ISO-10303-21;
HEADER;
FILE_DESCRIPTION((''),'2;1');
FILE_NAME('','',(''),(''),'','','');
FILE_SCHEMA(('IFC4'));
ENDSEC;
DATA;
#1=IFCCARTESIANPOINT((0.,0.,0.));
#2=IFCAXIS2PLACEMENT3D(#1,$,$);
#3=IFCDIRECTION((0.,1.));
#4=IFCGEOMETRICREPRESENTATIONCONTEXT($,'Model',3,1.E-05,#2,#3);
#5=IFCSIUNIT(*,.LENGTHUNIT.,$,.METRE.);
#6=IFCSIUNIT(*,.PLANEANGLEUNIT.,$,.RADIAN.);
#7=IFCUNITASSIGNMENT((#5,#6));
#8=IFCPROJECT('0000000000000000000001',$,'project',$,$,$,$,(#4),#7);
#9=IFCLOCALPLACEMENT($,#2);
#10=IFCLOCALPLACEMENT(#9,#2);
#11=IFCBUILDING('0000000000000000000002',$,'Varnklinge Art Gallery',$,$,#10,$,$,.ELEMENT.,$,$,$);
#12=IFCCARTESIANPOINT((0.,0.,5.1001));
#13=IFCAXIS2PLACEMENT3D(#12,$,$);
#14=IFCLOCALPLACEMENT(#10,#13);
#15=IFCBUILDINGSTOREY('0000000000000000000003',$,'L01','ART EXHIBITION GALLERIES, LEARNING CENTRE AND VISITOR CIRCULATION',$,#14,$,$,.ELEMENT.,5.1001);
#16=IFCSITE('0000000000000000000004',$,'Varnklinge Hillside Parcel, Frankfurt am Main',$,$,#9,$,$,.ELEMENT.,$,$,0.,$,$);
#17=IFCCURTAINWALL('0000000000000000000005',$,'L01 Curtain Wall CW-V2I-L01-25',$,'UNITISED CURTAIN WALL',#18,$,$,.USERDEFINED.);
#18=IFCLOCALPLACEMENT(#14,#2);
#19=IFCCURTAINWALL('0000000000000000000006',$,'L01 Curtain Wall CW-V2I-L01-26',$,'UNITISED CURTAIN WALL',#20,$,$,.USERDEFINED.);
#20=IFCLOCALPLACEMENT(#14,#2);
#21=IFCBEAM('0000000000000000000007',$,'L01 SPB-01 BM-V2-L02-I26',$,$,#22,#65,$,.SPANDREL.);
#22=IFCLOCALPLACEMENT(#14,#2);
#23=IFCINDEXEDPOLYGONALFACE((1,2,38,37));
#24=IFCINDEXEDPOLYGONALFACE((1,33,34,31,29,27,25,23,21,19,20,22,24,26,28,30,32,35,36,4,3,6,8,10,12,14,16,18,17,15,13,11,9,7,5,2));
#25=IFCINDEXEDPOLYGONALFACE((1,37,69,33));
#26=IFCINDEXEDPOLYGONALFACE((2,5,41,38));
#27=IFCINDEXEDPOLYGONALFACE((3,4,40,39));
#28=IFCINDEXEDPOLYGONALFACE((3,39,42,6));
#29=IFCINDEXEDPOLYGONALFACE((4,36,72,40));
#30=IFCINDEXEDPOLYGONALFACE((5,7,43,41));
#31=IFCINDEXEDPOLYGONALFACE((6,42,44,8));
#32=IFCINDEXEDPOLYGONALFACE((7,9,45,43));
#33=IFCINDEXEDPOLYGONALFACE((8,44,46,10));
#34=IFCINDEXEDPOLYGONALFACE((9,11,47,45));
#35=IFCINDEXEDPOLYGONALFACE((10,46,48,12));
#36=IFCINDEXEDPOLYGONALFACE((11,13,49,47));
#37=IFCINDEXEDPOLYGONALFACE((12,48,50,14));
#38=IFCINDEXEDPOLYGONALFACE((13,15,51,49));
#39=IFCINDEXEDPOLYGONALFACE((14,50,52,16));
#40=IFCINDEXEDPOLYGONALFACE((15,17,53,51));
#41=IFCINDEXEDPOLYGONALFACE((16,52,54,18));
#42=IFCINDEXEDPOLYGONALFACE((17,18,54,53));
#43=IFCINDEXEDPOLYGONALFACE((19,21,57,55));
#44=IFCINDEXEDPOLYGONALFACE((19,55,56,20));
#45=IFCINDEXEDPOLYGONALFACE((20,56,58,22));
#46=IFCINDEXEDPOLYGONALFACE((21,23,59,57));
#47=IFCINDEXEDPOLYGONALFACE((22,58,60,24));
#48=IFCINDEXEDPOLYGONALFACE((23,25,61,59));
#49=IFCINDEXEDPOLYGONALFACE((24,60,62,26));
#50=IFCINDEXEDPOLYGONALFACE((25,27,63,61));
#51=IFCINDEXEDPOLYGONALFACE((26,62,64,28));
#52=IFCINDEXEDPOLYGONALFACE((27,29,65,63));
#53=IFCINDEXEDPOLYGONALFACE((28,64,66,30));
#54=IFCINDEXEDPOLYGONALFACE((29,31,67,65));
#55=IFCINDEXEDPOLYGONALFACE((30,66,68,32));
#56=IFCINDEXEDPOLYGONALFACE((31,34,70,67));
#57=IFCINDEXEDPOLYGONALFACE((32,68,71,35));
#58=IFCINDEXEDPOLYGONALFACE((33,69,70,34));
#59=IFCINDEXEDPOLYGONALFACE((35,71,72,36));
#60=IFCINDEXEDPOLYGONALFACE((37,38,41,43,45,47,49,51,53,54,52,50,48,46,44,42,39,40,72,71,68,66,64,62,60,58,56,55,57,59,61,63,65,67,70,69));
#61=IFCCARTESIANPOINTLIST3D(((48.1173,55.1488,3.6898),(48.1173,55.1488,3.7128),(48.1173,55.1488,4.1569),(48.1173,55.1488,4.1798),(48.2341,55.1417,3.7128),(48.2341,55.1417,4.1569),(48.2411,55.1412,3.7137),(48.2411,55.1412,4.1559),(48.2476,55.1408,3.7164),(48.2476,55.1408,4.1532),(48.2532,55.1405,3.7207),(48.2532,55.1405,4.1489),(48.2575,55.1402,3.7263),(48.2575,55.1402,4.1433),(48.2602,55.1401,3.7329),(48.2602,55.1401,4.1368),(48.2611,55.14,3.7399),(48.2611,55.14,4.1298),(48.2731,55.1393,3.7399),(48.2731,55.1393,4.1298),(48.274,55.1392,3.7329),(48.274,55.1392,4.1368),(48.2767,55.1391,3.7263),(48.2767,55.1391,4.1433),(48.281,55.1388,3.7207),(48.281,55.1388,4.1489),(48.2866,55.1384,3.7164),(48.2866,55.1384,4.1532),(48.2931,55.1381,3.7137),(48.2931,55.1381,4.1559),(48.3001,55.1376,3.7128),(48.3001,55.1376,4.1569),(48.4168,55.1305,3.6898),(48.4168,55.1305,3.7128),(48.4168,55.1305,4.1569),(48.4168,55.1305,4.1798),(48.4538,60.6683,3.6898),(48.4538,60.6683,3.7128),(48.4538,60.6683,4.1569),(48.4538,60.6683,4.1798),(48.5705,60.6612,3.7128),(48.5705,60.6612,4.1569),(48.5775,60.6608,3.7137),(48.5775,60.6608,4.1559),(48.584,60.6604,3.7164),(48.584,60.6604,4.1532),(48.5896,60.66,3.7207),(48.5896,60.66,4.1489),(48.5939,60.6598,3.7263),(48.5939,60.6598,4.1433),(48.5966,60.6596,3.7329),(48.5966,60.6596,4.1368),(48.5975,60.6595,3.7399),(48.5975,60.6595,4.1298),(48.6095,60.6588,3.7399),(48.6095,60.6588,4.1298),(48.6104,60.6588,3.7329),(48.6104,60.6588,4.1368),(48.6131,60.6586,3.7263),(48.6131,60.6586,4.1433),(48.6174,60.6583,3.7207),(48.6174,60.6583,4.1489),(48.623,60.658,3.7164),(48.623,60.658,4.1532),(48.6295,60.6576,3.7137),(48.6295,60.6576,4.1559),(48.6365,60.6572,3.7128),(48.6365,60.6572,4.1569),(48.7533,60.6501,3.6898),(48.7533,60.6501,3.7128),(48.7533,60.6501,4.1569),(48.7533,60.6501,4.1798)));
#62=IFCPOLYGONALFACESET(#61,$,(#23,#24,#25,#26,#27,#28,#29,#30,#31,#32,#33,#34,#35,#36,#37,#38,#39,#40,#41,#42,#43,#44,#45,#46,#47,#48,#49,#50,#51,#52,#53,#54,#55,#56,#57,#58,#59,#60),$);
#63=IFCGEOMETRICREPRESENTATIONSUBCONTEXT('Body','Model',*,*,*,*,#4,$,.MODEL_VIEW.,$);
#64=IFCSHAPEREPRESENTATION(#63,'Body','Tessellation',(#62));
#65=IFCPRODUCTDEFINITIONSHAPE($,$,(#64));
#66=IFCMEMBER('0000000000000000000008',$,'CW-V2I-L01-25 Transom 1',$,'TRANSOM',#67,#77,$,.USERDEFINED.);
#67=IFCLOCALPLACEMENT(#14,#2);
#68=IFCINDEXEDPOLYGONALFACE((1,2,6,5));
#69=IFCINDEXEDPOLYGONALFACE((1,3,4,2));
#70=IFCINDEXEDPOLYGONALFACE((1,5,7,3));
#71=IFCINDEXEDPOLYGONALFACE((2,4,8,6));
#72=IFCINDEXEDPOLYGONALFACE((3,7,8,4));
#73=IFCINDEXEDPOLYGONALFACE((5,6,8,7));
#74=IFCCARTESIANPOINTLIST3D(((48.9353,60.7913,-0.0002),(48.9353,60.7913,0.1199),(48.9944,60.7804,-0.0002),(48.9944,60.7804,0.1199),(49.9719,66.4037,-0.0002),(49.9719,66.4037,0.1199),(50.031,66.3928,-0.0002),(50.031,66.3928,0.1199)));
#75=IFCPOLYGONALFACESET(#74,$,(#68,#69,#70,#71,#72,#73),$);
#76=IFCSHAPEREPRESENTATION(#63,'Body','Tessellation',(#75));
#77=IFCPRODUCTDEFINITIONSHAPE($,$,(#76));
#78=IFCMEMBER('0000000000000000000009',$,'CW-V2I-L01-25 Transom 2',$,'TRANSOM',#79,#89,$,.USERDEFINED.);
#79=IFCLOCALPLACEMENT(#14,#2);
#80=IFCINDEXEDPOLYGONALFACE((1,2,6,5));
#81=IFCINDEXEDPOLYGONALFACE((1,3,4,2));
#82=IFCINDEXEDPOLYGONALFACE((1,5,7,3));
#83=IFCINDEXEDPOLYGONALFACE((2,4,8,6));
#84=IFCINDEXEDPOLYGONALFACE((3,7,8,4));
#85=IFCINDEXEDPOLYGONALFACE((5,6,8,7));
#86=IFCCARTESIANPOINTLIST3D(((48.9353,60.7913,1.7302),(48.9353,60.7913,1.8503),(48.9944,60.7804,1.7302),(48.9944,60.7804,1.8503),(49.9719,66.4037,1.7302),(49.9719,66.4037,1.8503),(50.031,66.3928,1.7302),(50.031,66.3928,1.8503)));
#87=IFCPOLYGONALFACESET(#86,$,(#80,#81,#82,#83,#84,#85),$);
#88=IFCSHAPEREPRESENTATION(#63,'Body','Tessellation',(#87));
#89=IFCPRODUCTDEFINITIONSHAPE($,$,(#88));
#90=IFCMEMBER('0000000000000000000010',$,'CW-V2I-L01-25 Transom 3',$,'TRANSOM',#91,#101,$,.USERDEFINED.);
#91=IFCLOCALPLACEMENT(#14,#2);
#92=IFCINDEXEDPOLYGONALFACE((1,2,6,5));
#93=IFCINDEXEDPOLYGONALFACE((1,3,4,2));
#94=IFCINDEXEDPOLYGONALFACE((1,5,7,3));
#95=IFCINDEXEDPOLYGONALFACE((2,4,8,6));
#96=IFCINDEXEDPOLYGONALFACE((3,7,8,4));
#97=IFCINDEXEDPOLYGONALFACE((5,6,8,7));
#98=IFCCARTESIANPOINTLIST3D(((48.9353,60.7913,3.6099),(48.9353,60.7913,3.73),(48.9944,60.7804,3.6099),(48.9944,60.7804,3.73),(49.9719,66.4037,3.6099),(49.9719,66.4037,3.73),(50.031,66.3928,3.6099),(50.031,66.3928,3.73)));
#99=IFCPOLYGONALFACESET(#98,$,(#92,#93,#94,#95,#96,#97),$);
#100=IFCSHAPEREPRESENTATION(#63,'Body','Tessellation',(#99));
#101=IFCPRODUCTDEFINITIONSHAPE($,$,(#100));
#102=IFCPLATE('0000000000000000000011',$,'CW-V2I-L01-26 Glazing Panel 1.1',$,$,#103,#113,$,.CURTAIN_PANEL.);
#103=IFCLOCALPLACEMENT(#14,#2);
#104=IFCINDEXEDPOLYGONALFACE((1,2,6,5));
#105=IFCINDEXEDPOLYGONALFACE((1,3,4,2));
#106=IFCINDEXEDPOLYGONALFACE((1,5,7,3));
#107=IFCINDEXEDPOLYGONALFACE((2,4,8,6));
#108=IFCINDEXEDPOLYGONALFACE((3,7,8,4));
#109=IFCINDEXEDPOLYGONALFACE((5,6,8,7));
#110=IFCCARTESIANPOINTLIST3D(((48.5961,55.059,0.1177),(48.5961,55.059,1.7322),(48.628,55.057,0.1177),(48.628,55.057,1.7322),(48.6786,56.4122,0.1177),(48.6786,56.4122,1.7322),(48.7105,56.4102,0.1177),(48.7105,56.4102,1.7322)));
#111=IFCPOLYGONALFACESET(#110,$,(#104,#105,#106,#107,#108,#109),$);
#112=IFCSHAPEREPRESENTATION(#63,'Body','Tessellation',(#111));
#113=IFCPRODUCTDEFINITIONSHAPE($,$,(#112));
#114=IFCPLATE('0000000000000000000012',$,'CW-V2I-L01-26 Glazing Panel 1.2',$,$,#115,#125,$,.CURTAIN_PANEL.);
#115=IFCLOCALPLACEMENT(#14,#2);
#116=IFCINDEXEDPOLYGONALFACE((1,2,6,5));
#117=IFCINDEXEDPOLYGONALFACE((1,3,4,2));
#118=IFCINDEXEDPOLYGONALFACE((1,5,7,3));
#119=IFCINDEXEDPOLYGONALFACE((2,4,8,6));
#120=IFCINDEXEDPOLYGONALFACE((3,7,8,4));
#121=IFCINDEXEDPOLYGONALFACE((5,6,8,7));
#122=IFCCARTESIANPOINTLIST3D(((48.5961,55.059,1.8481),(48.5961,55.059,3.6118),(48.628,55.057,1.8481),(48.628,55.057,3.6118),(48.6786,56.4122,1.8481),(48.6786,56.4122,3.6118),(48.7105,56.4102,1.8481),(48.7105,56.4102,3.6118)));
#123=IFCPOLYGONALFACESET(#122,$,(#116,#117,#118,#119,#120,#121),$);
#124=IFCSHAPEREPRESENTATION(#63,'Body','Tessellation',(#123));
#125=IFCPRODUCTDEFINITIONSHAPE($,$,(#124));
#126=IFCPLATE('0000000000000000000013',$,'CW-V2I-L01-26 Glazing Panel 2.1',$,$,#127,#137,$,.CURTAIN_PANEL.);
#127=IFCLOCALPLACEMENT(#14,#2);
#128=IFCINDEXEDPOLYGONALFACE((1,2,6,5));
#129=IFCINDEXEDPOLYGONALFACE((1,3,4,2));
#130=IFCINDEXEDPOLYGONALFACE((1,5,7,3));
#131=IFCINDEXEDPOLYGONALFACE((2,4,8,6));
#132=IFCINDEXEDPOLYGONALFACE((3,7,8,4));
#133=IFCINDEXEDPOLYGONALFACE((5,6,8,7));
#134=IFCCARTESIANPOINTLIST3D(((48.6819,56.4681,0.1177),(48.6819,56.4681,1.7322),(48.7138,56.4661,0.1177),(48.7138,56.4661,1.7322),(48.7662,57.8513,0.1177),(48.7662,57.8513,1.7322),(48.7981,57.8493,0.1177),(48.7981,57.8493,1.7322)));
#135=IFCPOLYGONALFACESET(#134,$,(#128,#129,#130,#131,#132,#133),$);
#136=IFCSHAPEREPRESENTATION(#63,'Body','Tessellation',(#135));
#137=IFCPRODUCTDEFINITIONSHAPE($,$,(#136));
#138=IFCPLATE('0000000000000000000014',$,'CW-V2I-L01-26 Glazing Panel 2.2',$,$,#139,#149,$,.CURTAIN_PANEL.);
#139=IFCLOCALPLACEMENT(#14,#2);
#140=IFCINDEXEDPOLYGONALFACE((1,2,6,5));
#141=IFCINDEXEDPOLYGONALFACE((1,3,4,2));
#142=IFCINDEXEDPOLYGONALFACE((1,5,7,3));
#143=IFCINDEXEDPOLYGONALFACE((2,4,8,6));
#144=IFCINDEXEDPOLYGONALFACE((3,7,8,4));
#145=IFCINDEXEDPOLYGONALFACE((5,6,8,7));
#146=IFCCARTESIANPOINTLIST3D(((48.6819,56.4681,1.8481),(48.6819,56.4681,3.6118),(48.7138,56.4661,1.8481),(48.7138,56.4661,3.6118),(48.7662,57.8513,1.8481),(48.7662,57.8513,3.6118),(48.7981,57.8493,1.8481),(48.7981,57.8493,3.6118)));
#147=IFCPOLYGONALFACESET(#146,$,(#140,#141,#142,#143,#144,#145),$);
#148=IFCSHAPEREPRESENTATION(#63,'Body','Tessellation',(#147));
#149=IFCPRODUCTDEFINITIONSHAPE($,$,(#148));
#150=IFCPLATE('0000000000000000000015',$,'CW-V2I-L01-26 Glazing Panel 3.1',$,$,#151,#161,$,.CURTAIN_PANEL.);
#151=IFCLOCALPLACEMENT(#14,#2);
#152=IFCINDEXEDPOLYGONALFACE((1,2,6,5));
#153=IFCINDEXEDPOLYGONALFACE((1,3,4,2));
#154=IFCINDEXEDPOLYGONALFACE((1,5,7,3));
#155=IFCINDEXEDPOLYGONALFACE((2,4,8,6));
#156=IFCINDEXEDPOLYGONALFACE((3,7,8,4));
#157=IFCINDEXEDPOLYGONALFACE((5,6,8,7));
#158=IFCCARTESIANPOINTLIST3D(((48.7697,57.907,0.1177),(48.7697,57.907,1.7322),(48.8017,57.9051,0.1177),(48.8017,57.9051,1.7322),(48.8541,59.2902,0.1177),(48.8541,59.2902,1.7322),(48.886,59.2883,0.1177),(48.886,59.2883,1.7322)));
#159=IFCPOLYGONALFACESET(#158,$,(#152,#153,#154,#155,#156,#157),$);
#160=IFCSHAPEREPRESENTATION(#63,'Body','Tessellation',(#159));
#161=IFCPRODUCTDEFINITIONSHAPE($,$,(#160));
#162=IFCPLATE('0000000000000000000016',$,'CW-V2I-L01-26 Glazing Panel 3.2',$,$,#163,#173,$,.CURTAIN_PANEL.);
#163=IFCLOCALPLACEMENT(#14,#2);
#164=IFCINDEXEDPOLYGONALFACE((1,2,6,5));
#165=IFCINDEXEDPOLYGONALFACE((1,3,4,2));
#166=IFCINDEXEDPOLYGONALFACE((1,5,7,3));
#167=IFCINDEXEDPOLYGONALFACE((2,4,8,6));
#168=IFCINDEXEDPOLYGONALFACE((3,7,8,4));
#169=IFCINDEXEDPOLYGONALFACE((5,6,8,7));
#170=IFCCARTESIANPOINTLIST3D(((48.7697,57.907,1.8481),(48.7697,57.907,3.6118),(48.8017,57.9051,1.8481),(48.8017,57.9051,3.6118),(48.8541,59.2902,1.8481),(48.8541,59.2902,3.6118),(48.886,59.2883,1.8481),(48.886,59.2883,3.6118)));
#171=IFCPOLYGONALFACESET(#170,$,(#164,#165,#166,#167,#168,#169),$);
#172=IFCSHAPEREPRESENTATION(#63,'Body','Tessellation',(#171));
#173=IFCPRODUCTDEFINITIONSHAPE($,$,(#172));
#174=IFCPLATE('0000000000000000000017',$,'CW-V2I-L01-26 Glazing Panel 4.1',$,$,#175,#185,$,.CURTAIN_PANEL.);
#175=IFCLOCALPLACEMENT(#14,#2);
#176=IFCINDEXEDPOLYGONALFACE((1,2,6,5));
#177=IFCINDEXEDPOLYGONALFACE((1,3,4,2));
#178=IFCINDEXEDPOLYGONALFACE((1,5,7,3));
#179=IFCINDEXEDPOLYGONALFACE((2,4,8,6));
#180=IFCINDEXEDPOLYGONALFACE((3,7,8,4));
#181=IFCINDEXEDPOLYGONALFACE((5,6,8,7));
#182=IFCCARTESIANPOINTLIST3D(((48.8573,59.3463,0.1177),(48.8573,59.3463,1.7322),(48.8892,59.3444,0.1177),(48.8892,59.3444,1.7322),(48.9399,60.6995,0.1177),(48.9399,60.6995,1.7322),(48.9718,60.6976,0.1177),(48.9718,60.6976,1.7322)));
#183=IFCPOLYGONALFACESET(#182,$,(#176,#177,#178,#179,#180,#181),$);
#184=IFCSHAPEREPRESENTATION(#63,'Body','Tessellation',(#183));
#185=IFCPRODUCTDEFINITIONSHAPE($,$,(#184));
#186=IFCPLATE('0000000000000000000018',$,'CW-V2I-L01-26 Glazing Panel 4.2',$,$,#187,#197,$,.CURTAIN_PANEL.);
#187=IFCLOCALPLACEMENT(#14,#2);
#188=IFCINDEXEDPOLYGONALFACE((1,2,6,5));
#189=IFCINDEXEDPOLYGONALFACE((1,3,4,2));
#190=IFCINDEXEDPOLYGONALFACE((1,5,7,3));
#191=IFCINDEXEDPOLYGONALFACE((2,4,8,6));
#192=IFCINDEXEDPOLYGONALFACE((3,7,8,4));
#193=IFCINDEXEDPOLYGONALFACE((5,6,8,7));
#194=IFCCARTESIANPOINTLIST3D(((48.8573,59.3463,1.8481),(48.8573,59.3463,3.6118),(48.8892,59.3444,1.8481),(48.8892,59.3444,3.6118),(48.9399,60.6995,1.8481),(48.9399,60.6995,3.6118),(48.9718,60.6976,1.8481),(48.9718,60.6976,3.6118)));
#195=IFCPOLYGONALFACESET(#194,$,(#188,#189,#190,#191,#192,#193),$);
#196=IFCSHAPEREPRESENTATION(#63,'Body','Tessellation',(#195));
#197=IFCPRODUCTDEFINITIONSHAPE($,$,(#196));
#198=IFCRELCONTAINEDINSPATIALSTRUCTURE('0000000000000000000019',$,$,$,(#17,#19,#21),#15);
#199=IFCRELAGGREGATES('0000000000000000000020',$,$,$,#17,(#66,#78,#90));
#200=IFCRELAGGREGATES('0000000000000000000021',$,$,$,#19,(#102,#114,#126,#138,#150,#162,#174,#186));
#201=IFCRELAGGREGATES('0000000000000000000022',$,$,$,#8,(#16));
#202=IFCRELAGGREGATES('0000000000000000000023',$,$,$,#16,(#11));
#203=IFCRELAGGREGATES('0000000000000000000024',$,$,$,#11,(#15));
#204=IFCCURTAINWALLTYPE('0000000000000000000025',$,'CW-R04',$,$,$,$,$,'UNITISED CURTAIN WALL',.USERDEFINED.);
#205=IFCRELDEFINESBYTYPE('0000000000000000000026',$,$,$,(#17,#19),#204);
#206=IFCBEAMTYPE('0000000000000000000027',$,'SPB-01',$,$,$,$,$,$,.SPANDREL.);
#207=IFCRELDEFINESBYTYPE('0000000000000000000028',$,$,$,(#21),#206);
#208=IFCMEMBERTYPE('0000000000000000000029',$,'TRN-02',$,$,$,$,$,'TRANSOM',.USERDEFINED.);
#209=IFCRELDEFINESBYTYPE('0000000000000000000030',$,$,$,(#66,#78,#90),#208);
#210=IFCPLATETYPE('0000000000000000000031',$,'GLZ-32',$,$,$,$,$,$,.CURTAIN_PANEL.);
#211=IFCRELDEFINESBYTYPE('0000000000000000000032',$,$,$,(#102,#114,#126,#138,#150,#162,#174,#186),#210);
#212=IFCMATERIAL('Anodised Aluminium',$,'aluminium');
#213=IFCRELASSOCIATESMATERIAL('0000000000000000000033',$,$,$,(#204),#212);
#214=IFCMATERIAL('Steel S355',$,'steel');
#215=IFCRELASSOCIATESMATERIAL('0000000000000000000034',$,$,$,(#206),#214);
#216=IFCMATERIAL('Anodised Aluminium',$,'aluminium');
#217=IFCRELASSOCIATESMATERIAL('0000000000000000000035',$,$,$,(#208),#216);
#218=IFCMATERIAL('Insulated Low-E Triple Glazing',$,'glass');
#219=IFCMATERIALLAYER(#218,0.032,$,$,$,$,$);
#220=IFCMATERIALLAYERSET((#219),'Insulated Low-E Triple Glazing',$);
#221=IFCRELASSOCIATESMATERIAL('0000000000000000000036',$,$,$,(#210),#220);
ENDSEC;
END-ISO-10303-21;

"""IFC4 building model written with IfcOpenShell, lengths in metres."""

from ifc_helpers import new_model, si_unit, direction, frame, origin, origin_2d, place, context, subcontext, project, spatial, rectangle, i_section, extrude, material, layer, layer_set, material_profile, profile_set, type_object, element, aggregate, save


model = new_model("IFC4")

# Units and contexts
model_context = context("Model", 3, precision=1e-05, world=origin(), true_north=direction((0.0, 1.0)))
body_context = subcontext(model_context, "Body", "Model", "MODEL_VIEW")
ifc_project = project(units=[si_unit("LENGTHUNIT", "METRE"), si_unit("PLANEANGLEUNIT", "RADIAN")], contexts=[model_context])

# Site, building, storey
site_placement = place(None, origin())
site = spatial("IfcSite", under=ifc_project, at=site_placement, Name="Varnklinge Hillside Parcel, Frankfurt am Main", CompositionType="ELEMENT", RefElevation=0.0)
building_placement = place(site_placement, origin())
building = spatial("IfcBuilding", under=site, at=building_placement, Name="Varnklinge Art Gallery", CompositionType="ELEMENT")
storey_placement = place(building_placement, frame((0.0, 0.0, 5.1001)))
storey = spatial("IfcBuildingStorey", under=building, at=storey_placement, Name="L01", Description="ART EXHIBITION GALLERIES, LEARNING CENTRE AND VISITOR CIRCULATION", CompositionType="ELEMENT", Elevation=5.1001)

# Curtain wall
ifc_material_1 = material(Name="Anodised Aluminium", Category="aluminium")
curtain_wall_type = type_object("IfcCurtainWallType", Name="CW-R04", ElementType="UNITISED CURTAIN WALL", PredefinedType="USERDEFINED", material=ifc_material_1)
curtain_wall_1_placement = place(storey_placement, origin())
curtain_wall_1 = element("IfcCurtainWall", 1, at=curtain_wall_1_placement, inside=storey, type_object=curtain_wall_type, Name="L01 Curtain Wall CW-V2I-L01-25", ObjectType="UNITISED CURTAIN WALL", PredefinedType="USERDEFINED")

# Curtain wall
curtain_wall_2_placement = place(storey_placement, origin())
curtain_wall_2 = element("IfcCurtainWall", 2, at=curtain_wall_2_placement, inside=storey, type_object=curtain_wall_type, Name="L01 Curtain Wall CW-V2I-L01-26", ObjectType="UNITISED CURTAIN WALL", PredefinedType="USERDEFINED")

# Beam
ifc_material_2 = material(Name="Steel S355", Category="steel")
ifc_material_profile_1 = material_profile(ifc_material_2, i_section(OverallWidth=0.3, OverallDepth=0.49, WebThickness=0.012, FlangeThickness=0.0229, FilletRadius=0.0271, at=origin_2d()), Name="HEA 500")
ifc_profile_set_1 = profile_set([ifc_material_profile_1], Name="Steel S355")
beam_type_1 = type_object("IfcBeamType", Name="SPB-01", PredefinedType="SPANDREL", material=ifc_profile_set_1)
beam_1_placement = place(storey_placement, frame((48.6035, 60.6592, 3.9348), z_axis=(-0.060839, -0.998148, 0.0), x_axis=(0.998148, -0.060839, 0.0)))
element("IfcBeam", 3, at=beam_1_placement, inside=storey, type_object=beam_type_1, Name="L01 SPB-01 BM-V2-L02-I26", PredefinedType="SPANDREL", context=body_context, shape_type="SweptSolid", body=[
    extrude(i_section(OverallWidth=0.3, OverallDepth=0.49, WebThickness=0.012, FlangeThickness=0.0229, FilletRadius=0.0271, at=origin_2d()), origin(), (0.0, 0.0, 1.0), 5.5298),
])

# Members
ifc_material_3 = material(Name="Anodised Aluminium", Category="aluminium")
ifc_material_profile_2 = material_profile(ifc_material_3, rectangle(XDim=0.0601, YDim=0.1201, at=origin_2d()), Name="ALU 60x120")
ifc_profile_set_2 = profile_set([ifc_material_profile_2], Name="Anodised Aluminium")
member_type_1 = type_object("IfcMemberType", Name="TRN-02", ElementType="TRANSOM", PredefinedType="USERDEFINED", material=ifc_profile_set_2)
member_1_placement = place(storey_placement, frame((48.9648, 60.7859, 0.0598), z_axis=(0.181633, 0.983366, 0.0), x_axis=(-0.983366, 0.181633, 0.0)))
member_1 = element("IfcMember", 4, at=member_1_placement, type_object=member_type_1, Name="CW-V2I-L01-25 Transom 1", ObjectType="TRANSOM", PredefinedType="USERDEFINED", context=body_context, shape_type="SweptSolid", body=[
    extrude(rectangle(XDim=0.0601, YDim=0.1201, at=origin_2d()), origin(), (0.0, 0.0, 1.0), 5.7073),
])
member_2_placement = place(storey_placement, frame((48.9648, 60.7859, 1.7903), z_axis=(0.181633, 0.983366, 0.0), x_axis=(-0.983366, 0.181633, 0.0)))
member_2 = element("IfcMember", 5, at=member_2_placement, type_object=member_type_1, Name="CW-V2I-L01-25 Transom 2", ObjectType="TRANSOM", PredefinedType="USERDEFINED", context=body_context, shape_type="SweptSolid", body=[
    extrude(rectangle(XDim=0.0601, YDim=0.1201, at=origin_2d()), origin(), (0.0, 0.0, 1.0), 5.7073),
])
member_3_placement = place(storey_placement, frame((48.9648, 60.7859, 3.6699), z_axis=(0.181633, 0.983366, 0.0), x_axis=(-0.983366, 0.181633, 0.0)))
member_3 = element("IfcMember", 6, at=member_3_placement, type_object=member_type_1, Name="CW-V2I-L01-25 Transom 3", ObjectType="TRANSOM", PredefinedType="USERDEFINED", context=body_context, shape_type="SweptSolid", body=[
    extrude(rectangle(XDim=0.0601, YDim=0.1201, at=origin_2d()), origin(), (0.0, 0.0, 1.0), 5.7073),
])
aggregate(curtain_wall_1, [member_1, member_2, member_3])

# Plates
ifc_material_4 = material(Name="Insulated Low-E Triple Glazing", Category="glass")
ifc_layer_1 = layer(ifc_material_4, 0.032)
ifc_layer_set_1 = layer_set([ifc_layer_1], Name="Insulated Low-E Triple Glazing")
plate_type_1 = type_object("IfcPlateType", Name="GLZ-32", PredefinedType="CURTAIN_PANEL", material=ifc_layer_set_1)
plate_1_placement = place(storey_placement, frame((48.6533, 55.7346, 0.1177), z_axis=(0.0, 0.0, 1.0), x_axis=(0.060874, 0.998145, 0.0)))
plate_1 = element("IfcPlate", 7, at=plate_1_placement, type_object=plate_type_1, Name="CW-V2I-L01-26 Glazing Panel 1.1", PredefinedType="CURTAIN_PANEL", context=body_context, shape_type="SweptSolid", body=[
    extrude(rectangle(XDim=1.3557, YDim=0.032, at=origin_2d()), origin(), (0.0, 0.0, 1.0), 1.6145),
])
plate_2_placement = place(storey_placement, frame((48.6533, 55.7346, 1.8481), z_axis=(0.0, 0.0, 1.0), x_axis=(0.060874, 0.998145, 0.0)))
plate_2 = element("IfcPlate", 8, at=plate_2_placement, type_object=plate_type_1, Name="CW-V2I-L01-26 Glazing Panel 1.2", PredefinedType="CURTAIN_PANEL", context=body_context, shape_type="SweptSolid", body=[
    extrude(rectangle(XDim=1.3557, YDim=0.032, at=origin_2d()), origin(), (0.0, 0.0, 1.0), 1.7637),
])
plate_3_placement = place(storey_placement, frame((48.74, 57.1587, 0.1177), z_axis=(0.0, 0.0, 1.0), x_axis=(0.060874, 0.998145, 0.0)))
plate_3 = element("IfcPlate", 9, at=plate_3_placement, type_object=plate_type_1, Name="CW-V2I-L01-26 Glazing Panel 2.1", PredefinedType="CURTAIN_PANEL", context=body_context, shape_type="SweptSolid", body=[
    extrude(rectangle(XDim=1.3857, YDim=0.032, at=origin_2d()), origin(), (0.0, 0.0, 1.0), 1.6145),
])
plate_4_placement = place(storey_placement, frame((48.74, 57.1587, 1.8481), z_axis=(0.0, 0.0, 1.0), x_axis=(0.060874, 0.998145, 0.0)))
plate_4 = element("IfcPlate", 10, at=plate_4_placement, type_object=plate_type_1, Name="CW-V2I-L01-26 Glazing Panel 2.2", PredefinedType="CURTAIN_PANEL", context=body_context, shape_type="SweptSolid", body=[
    extrude(rectangle(XDim=1.3857, YDim=0.032, at=origin_2d()), origin(), (0.0, 0.0, 1.0), 1.7637),
])
plate_5_placement = place(storey_placement, frame((48.8279, 58.5977, 0.1177), z_axis=(0.0, 0.0, 1.0), x_axis=(0.060874, 0.998145, 0.0)))
plate_5 = element("IfcPlate", 11, at=plate_5_placement, type_object=plate_type_1, Name="CW-V2I-L01-26 Glazing Panel 3.1", PredefinedType="CURTAIN_PANEL", context=body_context, shape_type="SweptSolid", body=[
    extrude(rectangle(XDim=1.3857, YDim=0.032, at=origin_2d()), origin(), (0.0, 0.0, 1.0), 1.6145),
])
plate_6_placement = place(storey_placement, frame((48.8279, 58.5977, 1.8481), z_axis=(0.0, 0.0, 1.0), x_axis=(0.060874, 0.998145, 0.0)))
plate_6 = element("IfcPlate", 12, at=plate_6_placement, type_object=plate_type_1, Name="CW-V2I-L01-26 Glazing Panel 3.2", PredefinedType="CURTAIN_PANEL", context=body_context, shape_type="SweptSolid", body=[
    extrude(rectangle(XDim=1.3857, YDim=0.032, at=origin_2d()), origin(), (0.0, 0.0, 1.0), 1.7637),
])
plate_7_placement = place(storey_placement, frame((48.9146, 60.022, 0.1177), z_axis=(0.0, 0.0, 1.0), x_axis=(0.060874, 0.998145, 0.0)))
plate_7 = element("IfcPlate", 13, at=plate_7_placement, type_object=plate_type_1, Name="CW-V2I-L01-26 Glazing Panel 4.1", PredefinedType="CURTAIN_PANEL", context=body_context, shape_type="SweptSolid", body=[
    extrude(rectangle(XDim=1.3557, YDim=0.032, at=origin_2d()), origin(), (0.0, 0.0, 1.0), 1.6145),
])
plate_8_placement = place(storey_placement, frame((48.9146, 60.022, 1.8481), z_axis=(0.0, 0.0, 1.0), x_axis=(0.060874, 0.998145, 0.0)))
plate_8 = element("IfcPlate", 14, at=plate_8_placement, type_object=plate_type_1, Name="CW-V2I-L01-26 Glazing Panel 4.2", PredefinedType="CURTAIN_PANEL", context=body_context, shape_type="SweptSolid", body=[
    extrude(rectangle(XDim=1.3557, YDim=0.032, at=origin_2d()), origin(), (0.0, 0.0, 1.0), 1.7637),
])
aggregate(curtain_wall_2, [plate_1, plate_2, plate_3, plate_4, plate_5, plate_6, plate_7, plate_8])

save(model, "model.ifc")
